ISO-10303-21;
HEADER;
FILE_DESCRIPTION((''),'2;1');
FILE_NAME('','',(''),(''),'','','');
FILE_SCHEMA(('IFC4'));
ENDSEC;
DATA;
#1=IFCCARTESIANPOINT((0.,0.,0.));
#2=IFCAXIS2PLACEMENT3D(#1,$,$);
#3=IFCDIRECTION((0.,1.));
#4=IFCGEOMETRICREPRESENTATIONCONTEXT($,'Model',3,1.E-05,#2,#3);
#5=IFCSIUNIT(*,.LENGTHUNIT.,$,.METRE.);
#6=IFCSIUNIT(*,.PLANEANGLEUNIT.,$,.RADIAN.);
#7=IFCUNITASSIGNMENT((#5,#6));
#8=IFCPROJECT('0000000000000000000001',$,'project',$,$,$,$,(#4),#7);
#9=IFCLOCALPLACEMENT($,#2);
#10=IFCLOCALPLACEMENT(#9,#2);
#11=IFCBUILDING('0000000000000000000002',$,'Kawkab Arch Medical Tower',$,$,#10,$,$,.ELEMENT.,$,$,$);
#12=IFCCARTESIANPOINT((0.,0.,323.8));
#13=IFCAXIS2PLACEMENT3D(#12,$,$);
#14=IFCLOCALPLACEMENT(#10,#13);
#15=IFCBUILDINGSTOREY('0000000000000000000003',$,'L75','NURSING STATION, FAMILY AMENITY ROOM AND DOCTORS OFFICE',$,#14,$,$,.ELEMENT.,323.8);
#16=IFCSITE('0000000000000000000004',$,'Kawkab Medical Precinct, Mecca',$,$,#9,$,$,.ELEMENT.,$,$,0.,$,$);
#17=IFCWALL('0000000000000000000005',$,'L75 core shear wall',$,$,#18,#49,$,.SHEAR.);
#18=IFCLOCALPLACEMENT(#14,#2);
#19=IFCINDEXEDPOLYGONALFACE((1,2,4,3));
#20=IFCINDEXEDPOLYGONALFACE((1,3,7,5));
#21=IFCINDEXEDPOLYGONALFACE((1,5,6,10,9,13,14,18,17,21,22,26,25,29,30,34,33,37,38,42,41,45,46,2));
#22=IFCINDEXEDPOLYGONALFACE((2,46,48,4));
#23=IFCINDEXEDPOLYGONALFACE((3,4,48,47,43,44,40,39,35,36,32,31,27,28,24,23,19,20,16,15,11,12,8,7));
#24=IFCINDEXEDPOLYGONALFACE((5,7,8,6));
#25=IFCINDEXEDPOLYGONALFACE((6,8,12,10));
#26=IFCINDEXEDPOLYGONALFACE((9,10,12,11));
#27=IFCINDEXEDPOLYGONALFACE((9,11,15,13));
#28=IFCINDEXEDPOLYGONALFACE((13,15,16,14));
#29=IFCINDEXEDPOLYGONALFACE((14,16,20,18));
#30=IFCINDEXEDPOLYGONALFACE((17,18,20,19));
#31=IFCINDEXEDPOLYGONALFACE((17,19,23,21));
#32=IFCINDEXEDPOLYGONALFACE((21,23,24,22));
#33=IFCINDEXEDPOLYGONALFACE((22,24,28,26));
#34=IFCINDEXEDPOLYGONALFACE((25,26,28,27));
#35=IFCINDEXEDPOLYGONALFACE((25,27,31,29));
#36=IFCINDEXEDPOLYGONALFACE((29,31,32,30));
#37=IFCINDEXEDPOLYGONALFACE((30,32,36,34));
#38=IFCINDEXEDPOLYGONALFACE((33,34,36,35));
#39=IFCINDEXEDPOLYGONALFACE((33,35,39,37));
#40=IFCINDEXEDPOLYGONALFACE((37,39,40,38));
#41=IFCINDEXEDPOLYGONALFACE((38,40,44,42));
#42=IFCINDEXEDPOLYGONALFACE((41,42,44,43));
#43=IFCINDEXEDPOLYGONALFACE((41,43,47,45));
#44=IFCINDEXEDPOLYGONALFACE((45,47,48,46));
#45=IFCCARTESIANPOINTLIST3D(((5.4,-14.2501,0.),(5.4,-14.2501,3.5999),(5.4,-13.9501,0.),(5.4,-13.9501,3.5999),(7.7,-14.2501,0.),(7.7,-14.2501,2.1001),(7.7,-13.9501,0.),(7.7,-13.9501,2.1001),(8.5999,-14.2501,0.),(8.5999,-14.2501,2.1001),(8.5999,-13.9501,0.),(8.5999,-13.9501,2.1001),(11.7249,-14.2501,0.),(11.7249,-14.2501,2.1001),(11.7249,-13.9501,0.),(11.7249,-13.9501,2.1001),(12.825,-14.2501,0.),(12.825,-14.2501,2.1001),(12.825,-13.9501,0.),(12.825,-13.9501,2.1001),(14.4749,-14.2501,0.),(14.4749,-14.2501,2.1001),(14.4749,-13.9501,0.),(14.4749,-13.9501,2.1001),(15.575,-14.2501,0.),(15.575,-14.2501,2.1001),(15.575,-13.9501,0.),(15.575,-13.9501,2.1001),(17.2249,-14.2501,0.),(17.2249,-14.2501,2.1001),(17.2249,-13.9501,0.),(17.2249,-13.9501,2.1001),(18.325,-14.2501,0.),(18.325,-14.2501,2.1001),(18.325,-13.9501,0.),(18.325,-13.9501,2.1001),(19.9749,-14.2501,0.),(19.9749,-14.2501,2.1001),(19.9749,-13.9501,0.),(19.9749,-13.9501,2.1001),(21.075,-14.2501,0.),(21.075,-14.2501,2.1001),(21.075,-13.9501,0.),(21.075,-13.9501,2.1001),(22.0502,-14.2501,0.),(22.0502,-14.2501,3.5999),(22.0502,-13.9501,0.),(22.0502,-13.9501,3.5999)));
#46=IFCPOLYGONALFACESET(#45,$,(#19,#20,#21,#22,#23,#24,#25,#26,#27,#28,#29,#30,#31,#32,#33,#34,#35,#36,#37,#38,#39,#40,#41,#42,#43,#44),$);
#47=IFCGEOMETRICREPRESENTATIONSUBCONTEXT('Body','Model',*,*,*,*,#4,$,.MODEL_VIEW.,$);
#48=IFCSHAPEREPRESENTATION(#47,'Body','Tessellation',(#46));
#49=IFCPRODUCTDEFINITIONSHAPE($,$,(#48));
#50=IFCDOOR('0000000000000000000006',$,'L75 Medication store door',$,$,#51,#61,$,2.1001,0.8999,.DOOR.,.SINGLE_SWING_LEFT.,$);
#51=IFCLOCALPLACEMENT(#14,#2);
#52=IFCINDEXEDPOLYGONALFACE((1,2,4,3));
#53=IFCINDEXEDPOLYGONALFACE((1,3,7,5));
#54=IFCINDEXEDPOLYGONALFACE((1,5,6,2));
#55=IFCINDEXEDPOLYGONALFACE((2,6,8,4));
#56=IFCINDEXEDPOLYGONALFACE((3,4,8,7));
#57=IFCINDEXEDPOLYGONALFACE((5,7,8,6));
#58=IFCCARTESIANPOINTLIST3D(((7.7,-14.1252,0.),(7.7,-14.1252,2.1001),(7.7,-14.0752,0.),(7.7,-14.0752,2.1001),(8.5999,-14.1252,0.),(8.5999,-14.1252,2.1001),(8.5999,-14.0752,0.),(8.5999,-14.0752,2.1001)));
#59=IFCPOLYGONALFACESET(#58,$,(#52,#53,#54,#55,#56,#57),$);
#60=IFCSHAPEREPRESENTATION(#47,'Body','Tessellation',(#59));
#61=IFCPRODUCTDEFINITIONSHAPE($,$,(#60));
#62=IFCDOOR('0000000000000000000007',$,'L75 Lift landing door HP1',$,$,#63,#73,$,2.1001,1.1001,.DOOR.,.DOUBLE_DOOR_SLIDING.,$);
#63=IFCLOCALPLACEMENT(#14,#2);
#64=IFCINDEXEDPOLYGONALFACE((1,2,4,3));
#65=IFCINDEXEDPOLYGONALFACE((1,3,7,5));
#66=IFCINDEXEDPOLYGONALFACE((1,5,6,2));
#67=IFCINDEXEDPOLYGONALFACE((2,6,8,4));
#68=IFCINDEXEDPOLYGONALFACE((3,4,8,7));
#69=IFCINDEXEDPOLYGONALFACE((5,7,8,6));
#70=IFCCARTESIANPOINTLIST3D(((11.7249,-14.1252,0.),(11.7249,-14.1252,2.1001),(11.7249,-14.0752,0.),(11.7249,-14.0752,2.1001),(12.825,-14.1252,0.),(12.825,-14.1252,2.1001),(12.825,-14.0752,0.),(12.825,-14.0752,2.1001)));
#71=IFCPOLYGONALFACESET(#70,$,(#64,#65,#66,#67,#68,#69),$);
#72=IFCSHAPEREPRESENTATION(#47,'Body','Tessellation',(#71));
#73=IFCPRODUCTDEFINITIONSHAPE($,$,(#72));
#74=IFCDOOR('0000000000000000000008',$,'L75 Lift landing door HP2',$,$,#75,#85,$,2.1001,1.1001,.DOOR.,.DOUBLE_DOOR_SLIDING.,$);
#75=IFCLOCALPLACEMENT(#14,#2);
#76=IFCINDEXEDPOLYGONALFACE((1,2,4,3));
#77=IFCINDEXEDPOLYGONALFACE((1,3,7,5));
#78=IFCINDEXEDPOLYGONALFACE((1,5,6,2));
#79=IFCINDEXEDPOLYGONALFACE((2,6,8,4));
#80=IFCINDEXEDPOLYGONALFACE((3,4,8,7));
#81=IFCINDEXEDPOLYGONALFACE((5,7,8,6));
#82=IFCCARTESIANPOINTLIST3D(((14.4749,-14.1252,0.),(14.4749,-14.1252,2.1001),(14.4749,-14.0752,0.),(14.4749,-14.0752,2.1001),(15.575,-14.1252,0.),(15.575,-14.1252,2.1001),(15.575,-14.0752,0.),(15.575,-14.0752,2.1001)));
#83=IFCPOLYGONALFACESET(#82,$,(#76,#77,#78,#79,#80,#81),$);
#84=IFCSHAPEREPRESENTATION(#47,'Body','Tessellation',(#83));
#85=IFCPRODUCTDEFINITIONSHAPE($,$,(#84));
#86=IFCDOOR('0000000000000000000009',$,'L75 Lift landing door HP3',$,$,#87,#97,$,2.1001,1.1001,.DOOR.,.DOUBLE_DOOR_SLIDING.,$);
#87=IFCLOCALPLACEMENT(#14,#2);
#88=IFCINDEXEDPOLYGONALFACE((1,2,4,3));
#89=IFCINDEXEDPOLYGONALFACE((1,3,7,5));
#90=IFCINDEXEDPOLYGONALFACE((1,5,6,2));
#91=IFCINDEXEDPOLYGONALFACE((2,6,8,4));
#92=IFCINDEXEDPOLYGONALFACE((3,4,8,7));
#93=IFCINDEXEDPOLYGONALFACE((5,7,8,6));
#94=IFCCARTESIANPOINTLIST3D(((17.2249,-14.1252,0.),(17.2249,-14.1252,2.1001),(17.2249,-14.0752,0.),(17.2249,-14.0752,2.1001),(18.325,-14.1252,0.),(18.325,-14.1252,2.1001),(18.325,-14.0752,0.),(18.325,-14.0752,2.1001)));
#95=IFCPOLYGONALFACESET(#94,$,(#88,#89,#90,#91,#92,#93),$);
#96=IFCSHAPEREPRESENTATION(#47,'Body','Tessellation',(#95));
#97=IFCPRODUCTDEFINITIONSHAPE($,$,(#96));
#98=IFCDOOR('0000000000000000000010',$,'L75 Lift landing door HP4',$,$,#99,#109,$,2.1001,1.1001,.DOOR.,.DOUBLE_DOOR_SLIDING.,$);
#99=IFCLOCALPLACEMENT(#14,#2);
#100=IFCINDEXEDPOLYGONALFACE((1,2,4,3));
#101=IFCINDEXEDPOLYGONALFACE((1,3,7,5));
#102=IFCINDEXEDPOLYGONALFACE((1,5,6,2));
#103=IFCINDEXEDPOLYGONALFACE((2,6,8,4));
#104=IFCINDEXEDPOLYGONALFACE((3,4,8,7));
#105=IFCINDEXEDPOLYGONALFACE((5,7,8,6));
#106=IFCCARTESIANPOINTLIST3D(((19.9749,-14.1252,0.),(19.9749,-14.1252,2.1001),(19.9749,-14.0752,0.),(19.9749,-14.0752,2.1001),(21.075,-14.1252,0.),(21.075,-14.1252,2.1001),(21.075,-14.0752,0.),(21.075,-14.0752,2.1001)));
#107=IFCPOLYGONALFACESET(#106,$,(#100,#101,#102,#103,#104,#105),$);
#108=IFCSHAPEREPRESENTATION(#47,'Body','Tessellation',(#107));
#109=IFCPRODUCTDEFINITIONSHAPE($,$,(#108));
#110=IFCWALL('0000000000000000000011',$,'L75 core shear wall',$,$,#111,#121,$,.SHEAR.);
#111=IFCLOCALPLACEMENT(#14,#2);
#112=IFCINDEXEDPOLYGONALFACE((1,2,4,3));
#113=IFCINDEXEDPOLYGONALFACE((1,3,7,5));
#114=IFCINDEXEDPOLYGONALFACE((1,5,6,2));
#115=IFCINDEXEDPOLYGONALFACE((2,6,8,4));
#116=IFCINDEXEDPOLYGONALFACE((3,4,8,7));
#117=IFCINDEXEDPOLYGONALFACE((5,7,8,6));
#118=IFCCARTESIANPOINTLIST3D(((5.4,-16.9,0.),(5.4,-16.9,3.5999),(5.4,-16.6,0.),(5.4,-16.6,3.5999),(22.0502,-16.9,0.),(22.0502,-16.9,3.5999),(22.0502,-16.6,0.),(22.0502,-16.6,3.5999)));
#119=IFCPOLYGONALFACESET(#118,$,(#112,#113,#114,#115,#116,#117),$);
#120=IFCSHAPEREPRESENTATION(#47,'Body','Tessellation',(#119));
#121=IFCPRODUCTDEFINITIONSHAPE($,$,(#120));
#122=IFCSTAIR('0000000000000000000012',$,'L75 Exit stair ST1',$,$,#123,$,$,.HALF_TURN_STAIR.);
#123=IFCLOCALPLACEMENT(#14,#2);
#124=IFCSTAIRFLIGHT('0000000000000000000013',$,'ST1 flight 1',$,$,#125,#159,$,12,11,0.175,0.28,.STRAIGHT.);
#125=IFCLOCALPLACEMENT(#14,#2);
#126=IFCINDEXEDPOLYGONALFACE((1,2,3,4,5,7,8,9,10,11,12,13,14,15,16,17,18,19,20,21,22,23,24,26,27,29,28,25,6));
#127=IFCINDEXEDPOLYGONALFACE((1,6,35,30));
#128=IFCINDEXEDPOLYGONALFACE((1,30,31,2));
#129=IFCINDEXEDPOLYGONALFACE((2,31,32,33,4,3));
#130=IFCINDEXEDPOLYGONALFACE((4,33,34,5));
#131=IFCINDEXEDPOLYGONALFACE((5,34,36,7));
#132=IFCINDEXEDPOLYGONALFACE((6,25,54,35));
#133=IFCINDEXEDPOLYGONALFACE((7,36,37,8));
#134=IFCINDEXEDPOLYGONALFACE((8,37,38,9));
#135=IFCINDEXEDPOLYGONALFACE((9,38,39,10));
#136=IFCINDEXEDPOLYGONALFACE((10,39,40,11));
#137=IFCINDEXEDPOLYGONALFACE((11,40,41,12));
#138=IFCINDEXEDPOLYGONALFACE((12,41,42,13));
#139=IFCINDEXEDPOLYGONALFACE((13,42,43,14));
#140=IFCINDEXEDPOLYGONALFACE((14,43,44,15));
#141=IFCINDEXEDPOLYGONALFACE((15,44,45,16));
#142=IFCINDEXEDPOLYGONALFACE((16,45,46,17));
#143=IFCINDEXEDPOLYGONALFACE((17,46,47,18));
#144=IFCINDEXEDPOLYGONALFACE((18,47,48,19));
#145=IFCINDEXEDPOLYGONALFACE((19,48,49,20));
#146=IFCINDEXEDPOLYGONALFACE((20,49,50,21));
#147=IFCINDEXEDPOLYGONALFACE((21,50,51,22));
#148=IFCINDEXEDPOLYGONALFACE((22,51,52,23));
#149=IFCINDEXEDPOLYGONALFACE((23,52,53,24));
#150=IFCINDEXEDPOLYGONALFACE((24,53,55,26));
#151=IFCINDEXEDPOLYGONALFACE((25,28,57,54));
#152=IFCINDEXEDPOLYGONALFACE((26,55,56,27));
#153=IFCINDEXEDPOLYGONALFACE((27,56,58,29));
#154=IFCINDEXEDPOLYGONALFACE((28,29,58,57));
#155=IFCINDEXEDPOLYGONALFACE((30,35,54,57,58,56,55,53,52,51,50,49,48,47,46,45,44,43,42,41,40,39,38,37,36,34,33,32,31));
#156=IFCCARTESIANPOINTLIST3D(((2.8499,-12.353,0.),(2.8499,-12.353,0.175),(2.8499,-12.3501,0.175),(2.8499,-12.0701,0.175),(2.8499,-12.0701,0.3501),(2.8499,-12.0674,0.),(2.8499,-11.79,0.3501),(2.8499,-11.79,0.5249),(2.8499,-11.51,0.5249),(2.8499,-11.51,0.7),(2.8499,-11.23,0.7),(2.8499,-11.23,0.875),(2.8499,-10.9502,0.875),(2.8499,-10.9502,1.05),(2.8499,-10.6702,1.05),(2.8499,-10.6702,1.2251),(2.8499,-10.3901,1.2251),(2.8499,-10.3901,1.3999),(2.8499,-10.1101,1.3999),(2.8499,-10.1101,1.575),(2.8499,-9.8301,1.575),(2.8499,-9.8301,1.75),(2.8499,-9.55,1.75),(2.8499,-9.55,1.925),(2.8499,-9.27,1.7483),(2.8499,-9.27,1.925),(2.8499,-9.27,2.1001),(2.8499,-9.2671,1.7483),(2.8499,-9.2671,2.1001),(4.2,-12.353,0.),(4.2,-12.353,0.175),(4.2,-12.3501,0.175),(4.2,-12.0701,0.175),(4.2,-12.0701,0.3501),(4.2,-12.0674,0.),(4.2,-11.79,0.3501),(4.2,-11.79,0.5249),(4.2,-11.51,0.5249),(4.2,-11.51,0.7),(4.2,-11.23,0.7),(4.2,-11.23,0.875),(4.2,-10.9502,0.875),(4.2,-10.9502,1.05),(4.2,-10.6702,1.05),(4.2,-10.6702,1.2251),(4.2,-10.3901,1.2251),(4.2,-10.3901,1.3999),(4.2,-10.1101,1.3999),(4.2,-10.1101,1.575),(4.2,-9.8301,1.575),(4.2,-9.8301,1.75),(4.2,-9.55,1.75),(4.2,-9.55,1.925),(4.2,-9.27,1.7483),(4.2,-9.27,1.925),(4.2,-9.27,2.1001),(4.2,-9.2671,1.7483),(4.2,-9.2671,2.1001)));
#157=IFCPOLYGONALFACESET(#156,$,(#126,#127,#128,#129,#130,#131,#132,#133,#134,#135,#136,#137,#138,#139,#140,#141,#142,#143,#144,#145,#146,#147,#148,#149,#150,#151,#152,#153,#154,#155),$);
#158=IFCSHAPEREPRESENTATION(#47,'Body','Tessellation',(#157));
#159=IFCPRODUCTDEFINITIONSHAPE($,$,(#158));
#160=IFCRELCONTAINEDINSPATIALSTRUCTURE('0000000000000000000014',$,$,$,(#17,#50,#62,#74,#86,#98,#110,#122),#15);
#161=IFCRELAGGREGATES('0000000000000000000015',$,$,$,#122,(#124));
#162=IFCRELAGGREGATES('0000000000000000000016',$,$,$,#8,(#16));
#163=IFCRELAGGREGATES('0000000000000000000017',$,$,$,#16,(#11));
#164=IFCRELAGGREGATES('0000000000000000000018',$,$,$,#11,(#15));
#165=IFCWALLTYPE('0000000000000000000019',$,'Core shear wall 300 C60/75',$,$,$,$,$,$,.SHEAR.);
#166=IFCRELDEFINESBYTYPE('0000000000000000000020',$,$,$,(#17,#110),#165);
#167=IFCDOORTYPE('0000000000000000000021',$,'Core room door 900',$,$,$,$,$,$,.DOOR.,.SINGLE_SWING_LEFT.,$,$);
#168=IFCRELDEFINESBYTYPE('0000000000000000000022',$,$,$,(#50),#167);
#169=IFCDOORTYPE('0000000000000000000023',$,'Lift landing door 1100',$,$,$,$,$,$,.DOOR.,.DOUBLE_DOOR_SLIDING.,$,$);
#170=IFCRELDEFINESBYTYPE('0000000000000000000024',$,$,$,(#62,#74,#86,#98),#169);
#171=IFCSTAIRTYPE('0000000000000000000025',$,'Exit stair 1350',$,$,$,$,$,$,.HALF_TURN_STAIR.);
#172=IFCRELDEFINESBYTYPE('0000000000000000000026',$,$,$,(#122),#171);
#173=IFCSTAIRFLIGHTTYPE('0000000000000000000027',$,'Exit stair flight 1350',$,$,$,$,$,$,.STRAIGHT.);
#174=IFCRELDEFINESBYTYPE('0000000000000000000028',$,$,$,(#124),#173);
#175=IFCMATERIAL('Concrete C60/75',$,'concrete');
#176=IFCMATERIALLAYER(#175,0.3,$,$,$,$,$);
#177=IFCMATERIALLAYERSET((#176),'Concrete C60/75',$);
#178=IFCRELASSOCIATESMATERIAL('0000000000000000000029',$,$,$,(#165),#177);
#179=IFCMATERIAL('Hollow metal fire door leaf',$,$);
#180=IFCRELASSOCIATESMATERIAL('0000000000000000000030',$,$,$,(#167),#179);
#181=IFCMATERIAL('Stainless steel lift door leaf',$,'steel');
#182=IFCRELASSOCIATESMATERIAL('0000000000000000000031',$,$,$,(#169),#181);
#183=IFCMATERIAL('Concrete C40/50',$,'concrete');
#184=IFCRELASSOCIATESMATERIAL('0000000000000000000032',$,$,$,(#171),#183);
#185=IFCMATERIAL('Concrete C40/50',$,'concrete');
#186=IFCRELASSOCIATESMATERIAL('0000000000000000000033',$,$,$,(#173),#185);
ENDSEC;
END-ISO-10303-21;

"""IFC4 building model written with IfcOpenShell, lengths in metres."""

from ifc_helpers import new_model, si_unit, direction, frame, frame_2d, origin, place, context, subcontext, project, spatial, polyline, rectangle, outline, extrude, material, layer, layer_set, type_object, element, fill, aggregate, save


model = new_model("IFC4")

# Units and contexts
model_context = context("Model", 3, precision=1e-05, world=origin(), true_north=direction((0.0, 1.0)))
body_context = subcontext(model_context, "Body", "Model", "MODEL_VIEW")
ifc_project = project(units=[si_unit("LENGTHUNIT", "METRE"), si_unit("PLANEANGLEUNIT", "RADIAN")], contexts=[model_context])

# Site, building, storey
site_placement = place(None, origin())
site = spatial("IfcSite", under=ifc_project, at=site_placement, Name="Kawkab Medical Precinct, Mecca", CompositionType="ELEMENT", RefElevation=0.0)
building_placement = place(site_placement, origin())
building = spatial("IfcBuilding", under=site, at=building_placement, Name="Kawkab Arch Medical Tower", CompositionType="ELEMENT")
storey_placement = place(building_placement, frame((0.0, 0.0, 323.8)))
storey = spatial("IfcBuildingStorey", under=building, at=storey_placement, Name="L75", Description="NURSING STATION, FAMILY AMENITY ROOM AND DOCTORS OFFICE", CompositionType="ELEMENT", Elevation=323.8)

# Wall, openings, doors
ifc_material_1 = material(Name="Concrete C60/75", Category="concrete")
ifc_layer_1 = layer(ifc_material_1, 0.3)
ifc_layer_set_1 = layer_set([ifc_layer_1], Name="Concrete C60/75")
wall_type_1 = type_object("IfcWallType", Name="Core shear wall 300 C60/75", PredefinedType="SHEAR", material=ifc_layer_set_1)
ifc_material_2 = material(Name="Hollow metal fire door leaf")
door_type_1 = type_object("IfcDoorType", Name="Core room door 900", OperationType="SINGLE_SWING_LEFT", PredefinedType="DOOR", material=ifc_material_2)
wall_1_placement = place(storey_placement, frame((5.3999, -14.1001, 0.0), z_axis=(0.0, 0.0, 1.0), x_axis=(1.0, 0.0, 0.0)))
wall_1 = element("IfcWall", 1, at=wall_1_placement, inside=storey, type_object=wall_type_1, Name="L75 core shear wall", PredefinedType="SHEAR", context=body_context, shape_type="SweptSolid", body=[
    extrude(rectangle(XDim=16.6501, YDim=0.3, at=frame_2d((8.3252, 0.0))), origin(), (0.0, 0.0, 1.0), 3.5999),
])
opening_1_placement = place(wall_1_placement, frame((6.325, 0.0, 0.0)))
opening_1 = element("IfcOpeningElement", 2, at=opening_1_placement, cuts=wall_1, PredefinedType="OPENING", context=body_context, shape_type="SweptSolid", body=[
    extrude(rectangle(XDim=1.1001, YDim=2.1001, at=frame_2d((0.55, 1.05))), frame((0.0, 0.1599, 0.0), z_axis=(0.0, -1.0, 0.0), x_axis=(1.0, 0.0, 0.0)), (0.0, 0.0, 1.0), 0.3201),
])
opening_2_placement = place(wall_1_placement, frame((9.075, 0.0, 0.0)))
opening_2 = element("IfcOpeningElement", 3, at=opening_2_placement, cuts=wall_1, PredefinedType="OPENING", context=body_context, shape_type="SweptSolid", body=[
    extrude(rectangle(XDim=1.1001, YDim=2.1001, at=frame_2d((0.55, 1.05))), frame((0.0, 0.1599, 0.0), z_axis=(0.0, -1.0, 0.0), x_axis=(1.0, 0.0, 0.0)), (0.0, 0.0, 1.0), 0.3201),
])
opening_3_placement = place(wall_1_placement, frame((11.825, 0.0, 0.0)))
opening_3 = element("IfcOpeningElement", 4, at=opening_3_placement, cuts=wall_1, PredefinedType="OPENING", context=body_context, shape_type="SweptSolid", body=[
    extrude(rectangle(XDim=1.1001, YDim=2.1001, at=frame_2d((0.55, 1.05))), frame((0.0, 0.1599, 0.0), z_axis=(0.0, -1.0, 0.0), x_axis=(1.0, 0.0, 0.0)), (0.0, 0.0, 1.0), 0.3201),
])
opening_4_placement = place(wall_1_placement, frame((14.575, 0.0, 0.0)))
opening_4 = element("IfcOpeningElement", 5, at=opening_4_placement, cuts=wall_1, PredefinedType="OPENING", context=body_context, shape_type="SweptSolid", body=[
    extrude(rectangle(XDim=1.1001, YDim=2.1001, at=frame_2d((0.55, 1.05))), frame((0.0, 0.1599, 0.0), z_axis=(0.0, -1.0, 0.0), x_axis=(1.0, 0.0, 0.0)), (0.0, 0.0, 1.0), 0.3201),
])
opening_5_placement = place(wall_1_placement, frame((2.3, 0.0, 0.0)))
opening_5 = element("IfcOpeningElement", 6, at=opening_5_placement, cuts=wall_1, PredefinedType="OPENING", context=body_context, shape_type="SweptSolid", body=[
    extrude(rectangle(XDim=0.8999, YDim=2.1001, at=frame_2d((0.45, 1.05))), frame((0.0, 0.1599, 0.0), z_axis=(0.0, -1.0, 0.0), x_axis=(1.0, 0.0, 0.0)), (0.0, 0.0, 1.0), 0.3201),
])
door_1_placement = place(opening_5_placement, origin())
door_1 = element("IfcDoor", 7, at=door_1_placement, inside=storey, type_object=door_type_1, Name="L75 Medication store door", OperationType="SINGLE_SWING_LEFT", OverallHeight=2.1001, OverallWidth=0.8999, PredefinedType="DOOR", context=body_context, shape_type="SweptSolid", body=[
    extrude(rectangle(XDim=0.8999, YDim=2.1001, at=frame_2d((0.45, 1.05))), frame((0.0, 0.0249, 0.0), z_axis=(0.0, -1.0, 0.0), x_axis=(1.0, 0.0, 0.0)), (0.0, 0.0, 1.0), 0.05),
])
fill(opening_5, door_1)
ifc_material_3 = material(Name="Stainless steel lift door leaf", Category="steel")
door_type_2 = type_object("IfcDoorType", Name="Lift landing door 1100", OperationType="DOUBLE_DOOR_SLIDING", PredefinedType="DOOR", material=ifc_material_3)
door_2_placement = place(opening_1_placement, origin())
door_2 = element("IfcDoor", 8, at=door_2_placement, inside=storey, type_object=door_type_2, Name="L75 Lift landing door HP1", OperationType="DOUBLE_DOOR_SLIDING", OverallHeight=2.1001, OverallWidth=1.1001, PredefinedType="DOOR", context=body_context, shape_type="SweptSolid", body=[
    extrude(rectangle(XDim=1.1001, YDim=2.1001, at=frame_2d((0.55, 1.05))), frame((0.0, 0.0249, 0.0), z_axis=(0.0, -1.0, 0.0), x_axis=(1.0, 0.0, 0.0)), (0.0, 0.0, 1.0), 0.05),
])
fill(opening_1, door_2)
door_3_placement = place(opening_2_placement, origin())
door_3 = element("IfcDoor", 9, at=door_3_placement, inside=storey, type_object=door_type_2, Name="L75 Lift landing door HP2", OperationType="DOUBLE_DOOR_SLIDING", OverallHeight=2.1001, OverallWidth=1.1001, PredefinedType="DOOR", context=body_context, shape_type="SweptSolid", body=[
    extrude(rectangle(XDim=1.1001, YDim=2.1001, at=frame_2d((0.55, 1.05))), frame((0.0, 0.0249, 0.0), z_axis=(0.0, -1.0, 0.0), x_axis=(1.0, 0.0, 0.0)), (0.0, 0.0, 1.0), 0.05),
])
fill(opening_2, door_3)
door_4_placement = place(opening_3_placement, origin())
door_4 = element("IfcDoor", 10, at=door_4_placement, inside=storey, type_object=door_type_2, Name="L75 Lift landing door HP3", OperationType="DOUBLE_DOOR_SLIDING", OverallHeight=2.1001, OverallWidth=1.1001, PredefinedType="DOOR", context=body_context, shape_type="SweptSolid", body=[
    extrude(rectangle(XDim=1.1001, YDim=2.1001, at=frame_2d((0.55, 1.05))), frame((0.0, 0.0249, 0.0), z_axis=(0.0, -1.0, 0.0), x_axis=(1.0, 0.0, 0.0)), (0.0, 0.0, 1.0), 0.05),
])
fill(opening_3, door_4)
door_5_placement = place(opening_4_placement, origin())
door_5 = element("IfcDoor", 11, at=door_5_placement, inside=storey, type_object=door_type_2, Name="L75 Lift landing door HP4", OperationType="DOUBLE_DOOR_SLIDING", OverallHeight=2.1001, OverallWidth=1.1001, PredefinedType="DOOR", context=body_context, shape_type="SweptSolid", body=[
    extrude(rectangle(XDim=1.1001, YDim=2.1001, at=frame_2d((0.55, 1.05))), frame((0.0, 0.0249, 0.0), z_axis=(0.0, -1.0, 0.0), x_axis=(1.0, 0.0, 0.0)), (0.0, 0.0, 1.0), 0.05),
])
fill(opening_4, door_5)

# Wall
wall_2_placement = place(storey_placement, frame((5.3999, -16.75, 0.0), z_axis=(0.0, 0.0, 1.0), x_axis=(1.0, 0.0, 0.0)))
element("IfcWall", 12, at=wall_2_placement, inside=storey, type_object=wall_type_1, Name="L75 core shear wall", PredefinedType="SHEAR", context=body_context, shape_type="SweptSolid", body=[
    extrude(rectangle(XDim=16.6501, YDim=0.3, at=frame_2d((8.3252, 0.0))), origin(), (0.0, 0.0, 1.0), 3.5999),
])

# Stair, stair flight
ifc_material_4 = material(Name="Concrete C40/50", Category="concrete")
stair_type = type_object("IfcStairType", Name="Exit stair 1350", PredefinedType="HALF_TURN_STAIR", material=ifc_material_4)
stair_placement = place(storey_placement, origin())
stair = element("IfcStair", 13, at=stair_placement, inside=storey, type_object=stair_type, Name="L75 Exit stair ST1", PredefinedType="HALF_TURN_STAIR")
ifc_material_5 = material(Name="Concrete C40/50", Category="concrete")
stair_flight_type = type_object("IfcStairFlightType", Name="Exit stair flight 1350", PredefinedType="STRAIGHT", material=ifc_material_5)
stair_flight_1_placement = place(storey_placement, frame((3.5249, -12.3501, 0.0), z_axis=(0.0, 0.0, 1.0), x_axis=(0.0, 1.0, 0.0)))
stair_flight_1 = element("IfcStairFlight", 14, at=stair_flight_1_placement, type_object=stair_flight_type, Name="ST1 flight 1", NumberOfRisers=12, NumberOfTreads=11, PredefinedType="STRAIGHT", RiserHeight=0.175, TreadLength=0.28, context=body_context, shape_type="SweptSolid", body=[
    extrude(outline(polyline([(-0.0029, 0.0), (-0.0029, 0.175), (0.0, 0.175), (0.28, 0.175), (0.28, 0.3501), (0.5601, 0.3501), (0.5601, 0.5249), (0.8401, 0.5249), (0.8401, 0.7), (1.1201, 0.7), (1.1201, 0.875), (1.3999, 0.875), (1.3999, 1.05), (1.6799, 1.05), (1.6799, 1.2251), (1.96, 1.2251), (1.96, 1.3999), (2.24, 1.3999), (2.24, 1.575), (2.52, 1.575), (2.52, 1.75), (2.8, 1.75), (2.8, 1.925), (3.0801, 1.925), (3.0801, 2.1001), (3.083, 2.1001), (3.083, 1.7483), (3.0801, 1.7483), (0.2827, 0.0), (-0.0029, 0.0)])), frame((0.0, 0.675, 0.0), z_axis=(0.0, -1.0, 0.0), x_axis=(1.0, 0.0, 0.0)), (0.0, 0.0, 1.0), 1.3501),
])
aggregate(stair, [stair_flight_1])

save(model, "model.ifc")
